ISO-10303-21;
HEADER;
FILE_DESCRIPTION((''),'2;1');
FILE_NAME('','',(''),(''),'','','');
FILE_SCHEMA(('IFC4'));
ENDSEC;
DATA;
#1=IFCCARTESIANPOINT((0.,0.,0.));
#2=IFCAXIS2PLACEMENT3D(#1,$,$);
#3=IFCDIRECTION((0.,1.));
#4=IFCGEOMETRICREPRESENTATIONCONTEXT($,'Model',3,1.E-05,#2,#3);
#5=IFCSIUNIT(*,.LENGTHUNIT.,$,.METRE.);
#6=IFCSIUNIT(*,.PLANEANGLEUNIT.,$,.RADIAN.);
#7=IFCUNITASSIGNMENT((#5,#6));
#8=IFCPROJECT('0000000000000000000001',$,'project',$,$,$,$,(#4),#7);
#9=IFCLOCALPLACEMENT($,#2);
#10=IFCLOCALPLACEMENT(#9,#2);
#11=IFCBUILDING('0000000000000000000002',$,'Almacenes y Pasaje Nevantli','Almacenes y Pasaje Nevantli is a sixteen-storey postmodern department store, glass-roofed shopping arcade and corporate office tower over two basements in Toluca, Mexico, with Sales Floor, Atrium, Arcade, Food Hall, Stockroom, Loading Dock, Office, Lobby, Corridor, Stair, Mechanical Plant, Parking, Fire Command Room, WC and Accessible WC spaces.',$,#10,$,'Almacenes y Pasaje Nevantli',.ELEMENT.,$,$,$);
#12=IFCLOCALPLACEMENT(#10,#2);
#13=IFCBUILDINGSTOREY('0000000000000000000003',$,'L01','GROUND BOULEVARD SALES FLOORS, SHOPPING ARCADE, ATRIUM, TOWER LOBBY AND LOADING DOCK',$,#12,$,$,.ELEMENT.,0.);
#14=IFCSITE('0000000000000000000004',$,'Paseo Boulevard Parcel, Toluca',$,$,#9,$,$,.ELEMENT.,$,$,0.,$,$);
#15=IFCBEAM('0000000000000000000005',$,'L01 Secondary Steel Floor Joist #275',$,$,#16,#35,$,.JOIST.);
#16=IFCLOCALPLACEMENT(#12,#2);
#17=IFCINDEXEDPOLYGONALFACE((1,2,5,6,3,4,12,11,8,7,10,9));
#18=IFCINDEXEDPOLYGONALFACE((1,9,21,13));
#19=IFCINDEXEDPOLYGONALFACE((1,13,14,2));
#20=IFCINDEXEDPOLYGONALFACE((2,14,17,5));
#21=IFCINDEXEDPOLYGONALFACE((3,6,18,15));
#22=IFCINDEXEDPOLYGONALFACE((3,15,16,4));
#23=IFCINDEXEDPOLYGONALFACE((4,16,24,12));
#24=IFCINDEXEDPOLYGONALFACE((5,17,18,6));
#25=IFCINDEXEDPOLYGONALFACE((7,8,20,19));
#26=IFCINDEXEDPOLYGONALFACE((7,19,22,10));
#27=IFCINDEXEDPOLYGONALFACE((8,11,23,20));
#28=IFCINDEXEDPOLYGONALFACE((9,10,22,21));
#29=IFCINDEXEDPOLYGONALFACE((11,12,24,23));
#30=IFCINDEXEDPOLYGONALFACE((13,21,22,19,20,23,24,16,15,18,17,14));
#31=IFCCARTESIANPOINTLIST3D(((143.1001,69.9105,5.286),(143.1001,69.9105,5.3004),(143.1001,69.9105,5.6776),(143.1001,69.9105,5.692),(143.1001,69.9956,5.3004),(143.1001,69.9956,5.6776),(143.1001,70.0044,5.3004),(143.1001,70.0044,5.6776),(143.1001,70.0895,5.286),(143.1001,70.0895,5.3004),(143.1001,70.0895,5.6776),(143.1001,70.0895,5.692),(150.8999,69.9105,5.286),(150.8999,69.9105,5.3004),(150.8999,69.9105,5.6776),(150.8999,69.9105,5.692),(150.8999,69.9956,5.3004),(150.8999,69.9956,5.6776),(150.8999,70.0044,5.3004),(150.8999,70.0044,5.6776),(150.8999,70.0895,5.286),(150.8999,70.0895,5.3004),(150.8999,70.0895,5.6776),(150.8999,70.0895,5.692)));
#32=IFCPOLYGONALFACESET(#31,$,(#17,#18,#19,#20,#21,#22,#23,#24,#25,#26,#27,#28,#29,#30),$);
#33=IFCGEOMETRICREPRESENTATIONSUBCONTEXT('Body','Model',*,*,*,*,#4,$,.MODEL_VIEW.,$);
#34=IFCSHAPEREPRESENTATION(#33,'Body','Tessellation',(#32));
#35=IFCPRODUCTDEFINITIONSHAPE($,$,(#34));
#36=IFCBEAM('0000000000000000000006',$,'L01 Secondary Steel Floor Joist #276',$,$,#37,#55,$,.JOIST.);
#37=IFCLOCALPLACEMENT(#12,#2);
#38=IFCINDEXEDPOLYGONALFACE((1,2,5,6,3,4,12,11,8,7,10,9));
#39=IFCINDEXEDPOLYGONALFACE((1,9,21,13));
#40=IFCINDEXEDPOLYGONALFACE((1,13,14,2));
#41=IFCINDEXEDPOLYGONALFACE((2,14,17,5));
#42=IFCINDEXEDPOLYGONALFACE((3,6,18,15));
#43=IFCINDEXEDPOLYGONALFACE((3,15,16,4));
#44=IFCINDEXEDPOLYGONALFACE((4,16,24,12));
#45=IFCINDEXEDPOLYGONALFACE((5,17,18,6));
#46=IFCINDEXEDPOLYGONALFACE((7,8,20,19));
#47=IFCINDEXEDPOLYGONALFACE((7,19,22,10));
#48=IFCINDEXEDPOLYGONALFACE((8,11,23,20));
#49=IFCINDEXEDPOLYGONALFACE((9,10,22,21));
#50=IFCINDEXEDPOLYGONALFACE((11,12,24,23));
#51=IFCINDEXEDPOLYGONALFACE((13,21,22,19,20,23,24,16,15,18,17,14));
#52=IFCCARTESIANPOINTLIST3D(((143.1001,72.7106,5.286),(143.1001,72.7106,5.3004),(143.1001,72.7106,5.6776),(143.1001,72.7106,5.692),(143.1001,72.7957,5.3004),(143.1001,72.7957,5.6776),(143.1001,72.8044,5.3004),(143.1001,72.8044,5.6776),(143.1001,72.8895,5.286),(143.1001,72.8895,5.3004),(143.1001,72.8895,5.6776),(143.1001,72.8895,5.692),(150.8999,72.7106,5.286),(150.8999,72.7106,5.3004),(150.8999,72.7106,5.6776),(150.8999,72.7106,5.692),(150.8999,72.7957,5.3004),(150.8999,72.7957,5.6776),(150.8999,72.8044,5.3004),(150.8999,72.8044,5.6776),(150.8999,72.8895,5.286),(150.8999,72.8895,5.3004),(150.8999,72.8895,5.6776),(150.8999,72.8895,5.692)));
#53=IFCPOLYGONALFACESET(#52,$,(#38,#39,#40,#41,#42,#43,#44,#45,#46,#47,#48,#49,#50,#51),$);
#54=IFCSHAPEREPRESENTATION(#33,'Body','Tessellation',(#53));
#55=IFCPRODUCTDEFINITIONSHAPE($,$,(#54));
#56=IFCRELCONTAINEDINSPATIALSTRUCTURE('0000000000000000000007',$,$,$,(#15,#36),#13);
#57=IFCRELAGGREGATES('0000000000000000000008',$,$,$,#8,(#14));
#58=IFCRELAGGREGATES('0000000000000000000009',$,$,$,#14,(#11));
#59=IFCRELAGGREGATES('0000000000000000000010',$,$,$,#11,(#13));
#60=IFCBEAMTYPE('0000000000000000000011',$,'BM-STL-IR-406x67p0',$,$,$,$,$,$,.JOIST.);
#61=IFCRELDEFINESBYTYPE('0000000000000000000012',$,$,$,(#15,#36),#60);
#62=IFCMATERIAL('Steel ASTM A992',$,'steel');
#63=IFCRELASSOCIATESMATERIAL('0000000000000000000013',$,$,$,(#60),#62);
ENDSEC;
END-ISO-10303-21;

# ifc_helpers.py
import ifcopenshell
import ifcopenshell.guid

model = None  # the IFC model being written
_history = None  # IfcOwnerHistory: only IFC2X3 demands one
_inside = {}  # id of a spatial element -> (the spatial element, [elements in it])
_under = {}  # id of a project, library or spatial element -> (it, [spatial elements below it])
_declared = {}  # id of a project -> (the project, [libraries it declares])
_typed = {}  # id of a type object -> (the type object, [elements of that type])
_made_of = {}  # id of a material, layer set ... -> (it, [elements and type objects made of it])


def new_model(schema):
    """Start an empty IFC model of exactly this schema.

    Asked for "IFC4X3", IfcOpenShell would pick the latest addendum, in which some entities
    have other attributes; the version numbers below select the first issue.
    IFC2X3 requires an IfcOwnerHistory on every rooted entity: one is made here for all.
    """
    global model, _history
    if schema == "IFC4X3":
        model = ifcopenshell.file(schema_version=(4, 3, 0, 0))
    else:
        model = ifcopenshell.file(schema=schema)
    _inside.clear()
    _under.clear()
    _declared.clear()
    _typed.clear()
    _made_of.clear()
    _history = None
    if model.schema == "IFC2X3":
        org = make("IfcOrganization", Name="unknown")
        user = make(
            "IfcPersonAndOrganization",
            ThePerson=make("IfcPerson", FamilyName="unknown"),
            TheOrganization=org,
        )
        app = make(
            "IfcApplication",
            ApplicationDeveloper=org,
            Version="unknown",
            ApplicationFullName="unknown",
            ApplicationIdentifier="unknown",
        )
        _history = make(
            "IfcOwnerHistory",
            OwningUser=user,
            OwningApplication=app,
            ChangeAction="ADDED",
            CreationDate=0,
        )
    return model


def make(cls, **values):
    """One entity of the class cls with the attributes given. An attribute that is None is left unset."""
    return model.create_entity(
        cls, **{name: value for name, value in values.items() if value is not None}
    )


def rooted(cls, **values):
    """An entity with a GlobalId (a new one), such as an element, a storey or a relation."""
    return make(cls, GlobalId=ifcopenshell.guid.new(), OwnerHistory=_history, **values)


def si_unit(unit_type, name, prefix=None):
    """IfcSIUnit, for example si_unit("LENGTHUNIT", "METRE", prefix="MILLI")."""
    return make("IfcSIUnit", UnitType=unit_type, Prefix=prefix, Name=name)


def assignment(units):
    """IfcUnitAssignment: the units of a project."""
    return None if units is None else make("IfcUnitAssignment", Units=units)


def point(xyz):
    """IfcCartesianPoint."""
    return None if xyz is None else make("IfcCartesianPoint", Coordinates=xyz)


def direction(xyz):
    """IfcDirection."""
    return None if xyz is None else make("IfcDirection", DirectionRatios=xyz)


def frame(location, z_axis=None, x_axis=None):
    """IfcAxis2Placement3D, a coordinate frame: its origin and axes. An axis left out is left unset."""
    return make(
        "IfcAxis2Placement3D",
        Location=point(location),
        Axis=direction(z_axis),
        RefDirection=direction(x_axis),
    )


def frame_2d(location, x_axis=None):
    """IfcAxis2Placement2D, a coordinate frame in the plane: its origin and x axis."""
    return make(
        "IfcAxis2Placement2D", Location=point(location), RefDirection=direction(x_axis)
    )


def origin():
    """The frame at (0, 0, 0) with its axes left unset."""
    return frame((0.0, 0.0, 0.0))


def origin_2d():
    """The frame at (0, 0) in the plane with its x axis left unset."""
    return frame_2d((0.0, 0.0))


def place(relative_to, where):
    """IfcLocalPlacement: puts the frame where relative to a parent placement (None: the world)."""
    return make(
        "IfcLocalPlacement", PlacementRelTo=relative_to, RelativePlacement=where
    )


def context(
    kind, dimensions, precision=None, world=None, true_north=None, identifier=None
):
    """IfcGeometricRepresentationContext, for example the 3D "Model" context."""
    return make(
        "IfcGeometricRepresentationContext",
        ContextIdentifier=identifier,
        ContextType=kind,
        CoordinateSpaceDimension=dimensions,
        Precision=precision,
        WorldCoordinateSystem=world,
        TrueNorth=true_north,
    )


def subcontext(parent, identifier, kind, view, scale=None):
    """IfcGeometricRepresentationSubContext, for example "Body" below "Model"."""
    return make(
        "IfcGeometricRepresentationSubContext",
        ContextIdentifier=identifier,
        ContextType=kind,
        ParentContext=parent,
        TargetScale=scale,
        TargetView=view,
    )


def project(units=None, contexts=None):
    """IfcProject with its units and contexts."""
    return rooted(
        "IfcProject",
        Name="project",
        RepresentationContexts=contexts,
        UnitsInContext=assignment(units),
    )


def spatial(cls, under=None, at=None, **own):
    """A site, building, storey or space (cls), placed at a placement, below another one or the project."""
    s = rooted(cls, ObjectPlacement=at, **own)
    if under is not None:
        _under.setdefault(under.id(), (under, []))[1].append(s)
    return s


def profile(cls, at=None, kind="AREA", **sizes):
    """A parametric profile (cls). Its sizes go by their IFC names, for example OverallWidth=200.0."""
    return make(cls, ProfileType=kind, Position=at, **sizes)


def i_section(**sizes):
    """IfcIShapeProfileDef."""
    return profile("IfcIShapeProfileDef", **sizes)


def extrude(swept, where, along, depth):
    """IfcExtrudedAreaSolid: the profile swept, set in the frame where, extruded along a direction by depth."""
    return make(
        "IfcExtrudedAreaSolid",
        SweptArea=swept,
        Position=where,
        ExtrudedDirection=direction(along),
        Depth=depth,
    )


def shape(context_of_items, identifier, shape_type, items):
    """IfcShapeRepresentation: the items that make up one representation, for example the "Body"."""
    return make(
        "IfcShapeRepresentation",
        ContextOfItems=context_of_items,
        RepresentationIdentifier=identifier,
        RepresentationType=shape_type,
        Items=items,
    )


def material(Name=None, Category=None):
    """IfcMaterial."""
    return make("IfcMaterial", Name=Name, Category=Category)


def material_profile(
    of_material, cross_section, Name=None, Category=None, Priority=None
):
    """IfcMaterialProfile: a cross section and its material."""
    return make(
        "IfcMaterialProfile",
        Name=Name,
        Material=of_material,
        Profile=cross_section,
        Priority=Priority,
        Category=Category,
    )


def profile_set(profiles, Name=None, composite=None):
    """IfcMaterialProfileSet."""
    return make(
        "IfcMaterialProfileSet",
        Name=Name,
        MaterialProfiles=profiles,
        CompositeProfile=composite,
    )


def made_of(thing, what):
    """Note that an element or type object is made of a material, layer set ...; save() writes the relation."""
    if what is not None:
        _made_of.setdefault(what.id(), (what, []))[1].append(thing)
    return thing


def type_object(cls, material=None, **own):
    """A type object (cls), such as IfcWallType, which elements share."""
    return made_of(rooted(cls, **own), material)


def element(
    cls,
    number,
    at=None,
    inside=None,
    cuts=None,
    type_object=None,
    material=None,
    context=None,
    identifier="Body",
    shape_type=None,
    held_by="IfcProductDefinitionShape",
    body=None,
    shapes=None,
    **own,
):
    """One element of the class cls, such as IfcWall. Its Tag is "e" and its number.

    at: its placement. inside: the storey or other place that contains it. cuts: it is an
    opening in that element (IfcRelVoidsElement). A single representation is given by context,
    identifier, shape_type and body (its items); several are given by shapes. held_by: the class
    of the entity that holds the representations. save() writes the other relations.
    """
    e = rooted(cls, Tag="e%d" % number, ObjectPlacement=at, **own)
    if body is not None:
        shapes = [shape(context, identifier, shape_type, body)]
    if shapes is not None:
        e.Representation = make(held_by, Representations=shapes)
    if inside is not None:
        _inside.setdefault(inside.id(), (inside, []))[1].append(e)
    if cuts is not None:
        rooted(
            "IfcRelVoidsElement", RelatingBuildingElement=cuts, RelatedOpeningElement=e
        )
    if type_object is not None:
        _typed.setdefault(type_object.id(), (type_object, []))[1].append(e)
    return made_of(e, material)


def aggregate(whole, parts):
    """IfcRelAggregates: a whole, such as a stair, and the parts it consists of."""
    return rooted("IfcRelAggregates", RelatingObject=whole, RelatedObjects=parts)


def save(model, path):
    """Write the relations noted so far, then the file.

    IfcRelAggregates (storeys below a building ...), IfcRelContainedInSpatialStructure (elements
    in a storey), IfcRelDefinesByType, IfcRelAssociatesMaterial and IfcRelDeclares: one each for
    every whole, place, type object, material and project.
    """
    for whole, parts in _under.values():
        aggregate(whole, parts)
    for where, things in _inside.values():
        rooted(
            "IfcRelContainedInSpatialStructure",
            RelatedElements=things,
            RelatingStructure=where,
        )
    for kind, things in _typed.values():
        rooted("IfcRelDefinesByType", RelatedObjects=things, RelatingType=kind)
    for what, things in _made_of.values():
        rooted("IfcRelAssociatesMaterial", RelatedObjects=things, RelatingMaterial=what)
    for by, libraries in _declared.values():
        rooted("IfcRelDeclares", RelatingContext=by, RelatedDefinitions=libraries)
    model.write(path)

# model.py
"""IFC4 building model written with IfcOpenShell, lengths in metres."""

from ifc_helpers import new_model, si_unit, direction, frame, origin, origin_2d, place, context, subcontext, project, spatial, i_section, extrude, material, material_profile, profile_set, type_object, element, save


model = new_model("IFC4")

# Units and contexts
model_context = context("Model", 3, precision=1e-05, world=origin(), true_north=direction((0.0, 1.0)))
body_context = subcontext(model_context, "Body", "Model", "MODEL_VIEW")
ifc_project = project(units=[si_unit("LENGTHUNIT", "METRE"), si_unit("PLANEANGLEUNIT", "RADIAN")], contexts=[model_context])

# Site, building, storey
site_placement = place(None, origin())
site = spatial("IfcSite", under=ifc_project, at=site_placement, Name="Paseo Boulevard Parcel, Toluca", CompositionType="ELEMENT", RefElevation=0.0)
building_placement = place(site_placement, origin())
building = spatial("IfcBuilding", under=site, at=building_placement, Name="Almacenes y Pasaje Nevantli", Description="Almacenes y Pasaje Nevantli is a sixteen-storey postmodern department store, glass-roofed shopping arcade and corporate office tower over two basements in Toluca, Mexico, with Sales Floor, Atrium, Arcade, Food Hall, Stockroom, Loading Dock, Office, Lobby, Corridor, Stair, Mechanical Plant, Parking, Fire Command Room, WC and Accessible WC spaces.", LongName="Almacenes y Pasaje Nevantli", CompositionType="ELEMENT")
storey_placement = place(building_placement, origin())
storey = spatial("IfcBuildingStorey", under=building, at=storey_placement, Name="L01", Description="GROUND BOULEVARD SALES FLOORS, SHOPPING ARCADE, ATRIUM, TOWER LOBBY AND LOADING DOCK", CompositionType="ELEMENT", Elevation=0.0)

# Beams
ifc_material_1 = material(Name="Steel ASTM A992", Category="steel")
ifc_material_profile_1 = material_profile(ifc_material_1, i_section(OverallWidth=0.179, OverallDepth=0.406, WebThickness=0.0088, FlangeThickness=0.0144, at=origin_2d()), Name="IR 406x67.0")
ifc_profile_set_1 = profile_set([ifc_material_profile_1], Name="Steel ASTM A992")
beam_type_1 = type_object("IfcBeamType", Name="BM-STL-IR-406x67p0", PredefinedType="JOIST", material=ifc_profile_set_1)
for number, where, z_axis, x_axis, name in (
    (1, (143.1001, 70.0, 5.489), (1.0, 0.0, 0.0), (0.0, 1.0, 0.0), "L01 Secondary Steel Floor Joist #275"),
    (2, (143.1001, 72.8, 5.489), (1.0, 0.0, 0.0), (0.0, 1.0, 0.0), "L01 Secondary Steel Floor Joist #276"),
):
    element("IfcBeam", number, at=place(storey_placement, frame(where, z_axis=z_axis, x_axis=x_axis)), inside=storey, type_object=beam_type_1, Name=name, PredefinedType="JOIST", context=body_context, shape_type="SweptSolid", body=[
        extrude(i_section(OverallWidth=0.179, OverallDepth=0.406, WebThickness=0.0088, FlangeThickness=0.0144, at=origin_2d()), origin(), (0.0, 0.0, 1.0), 7.7998),
    ])

save(model, "model.ifc")
